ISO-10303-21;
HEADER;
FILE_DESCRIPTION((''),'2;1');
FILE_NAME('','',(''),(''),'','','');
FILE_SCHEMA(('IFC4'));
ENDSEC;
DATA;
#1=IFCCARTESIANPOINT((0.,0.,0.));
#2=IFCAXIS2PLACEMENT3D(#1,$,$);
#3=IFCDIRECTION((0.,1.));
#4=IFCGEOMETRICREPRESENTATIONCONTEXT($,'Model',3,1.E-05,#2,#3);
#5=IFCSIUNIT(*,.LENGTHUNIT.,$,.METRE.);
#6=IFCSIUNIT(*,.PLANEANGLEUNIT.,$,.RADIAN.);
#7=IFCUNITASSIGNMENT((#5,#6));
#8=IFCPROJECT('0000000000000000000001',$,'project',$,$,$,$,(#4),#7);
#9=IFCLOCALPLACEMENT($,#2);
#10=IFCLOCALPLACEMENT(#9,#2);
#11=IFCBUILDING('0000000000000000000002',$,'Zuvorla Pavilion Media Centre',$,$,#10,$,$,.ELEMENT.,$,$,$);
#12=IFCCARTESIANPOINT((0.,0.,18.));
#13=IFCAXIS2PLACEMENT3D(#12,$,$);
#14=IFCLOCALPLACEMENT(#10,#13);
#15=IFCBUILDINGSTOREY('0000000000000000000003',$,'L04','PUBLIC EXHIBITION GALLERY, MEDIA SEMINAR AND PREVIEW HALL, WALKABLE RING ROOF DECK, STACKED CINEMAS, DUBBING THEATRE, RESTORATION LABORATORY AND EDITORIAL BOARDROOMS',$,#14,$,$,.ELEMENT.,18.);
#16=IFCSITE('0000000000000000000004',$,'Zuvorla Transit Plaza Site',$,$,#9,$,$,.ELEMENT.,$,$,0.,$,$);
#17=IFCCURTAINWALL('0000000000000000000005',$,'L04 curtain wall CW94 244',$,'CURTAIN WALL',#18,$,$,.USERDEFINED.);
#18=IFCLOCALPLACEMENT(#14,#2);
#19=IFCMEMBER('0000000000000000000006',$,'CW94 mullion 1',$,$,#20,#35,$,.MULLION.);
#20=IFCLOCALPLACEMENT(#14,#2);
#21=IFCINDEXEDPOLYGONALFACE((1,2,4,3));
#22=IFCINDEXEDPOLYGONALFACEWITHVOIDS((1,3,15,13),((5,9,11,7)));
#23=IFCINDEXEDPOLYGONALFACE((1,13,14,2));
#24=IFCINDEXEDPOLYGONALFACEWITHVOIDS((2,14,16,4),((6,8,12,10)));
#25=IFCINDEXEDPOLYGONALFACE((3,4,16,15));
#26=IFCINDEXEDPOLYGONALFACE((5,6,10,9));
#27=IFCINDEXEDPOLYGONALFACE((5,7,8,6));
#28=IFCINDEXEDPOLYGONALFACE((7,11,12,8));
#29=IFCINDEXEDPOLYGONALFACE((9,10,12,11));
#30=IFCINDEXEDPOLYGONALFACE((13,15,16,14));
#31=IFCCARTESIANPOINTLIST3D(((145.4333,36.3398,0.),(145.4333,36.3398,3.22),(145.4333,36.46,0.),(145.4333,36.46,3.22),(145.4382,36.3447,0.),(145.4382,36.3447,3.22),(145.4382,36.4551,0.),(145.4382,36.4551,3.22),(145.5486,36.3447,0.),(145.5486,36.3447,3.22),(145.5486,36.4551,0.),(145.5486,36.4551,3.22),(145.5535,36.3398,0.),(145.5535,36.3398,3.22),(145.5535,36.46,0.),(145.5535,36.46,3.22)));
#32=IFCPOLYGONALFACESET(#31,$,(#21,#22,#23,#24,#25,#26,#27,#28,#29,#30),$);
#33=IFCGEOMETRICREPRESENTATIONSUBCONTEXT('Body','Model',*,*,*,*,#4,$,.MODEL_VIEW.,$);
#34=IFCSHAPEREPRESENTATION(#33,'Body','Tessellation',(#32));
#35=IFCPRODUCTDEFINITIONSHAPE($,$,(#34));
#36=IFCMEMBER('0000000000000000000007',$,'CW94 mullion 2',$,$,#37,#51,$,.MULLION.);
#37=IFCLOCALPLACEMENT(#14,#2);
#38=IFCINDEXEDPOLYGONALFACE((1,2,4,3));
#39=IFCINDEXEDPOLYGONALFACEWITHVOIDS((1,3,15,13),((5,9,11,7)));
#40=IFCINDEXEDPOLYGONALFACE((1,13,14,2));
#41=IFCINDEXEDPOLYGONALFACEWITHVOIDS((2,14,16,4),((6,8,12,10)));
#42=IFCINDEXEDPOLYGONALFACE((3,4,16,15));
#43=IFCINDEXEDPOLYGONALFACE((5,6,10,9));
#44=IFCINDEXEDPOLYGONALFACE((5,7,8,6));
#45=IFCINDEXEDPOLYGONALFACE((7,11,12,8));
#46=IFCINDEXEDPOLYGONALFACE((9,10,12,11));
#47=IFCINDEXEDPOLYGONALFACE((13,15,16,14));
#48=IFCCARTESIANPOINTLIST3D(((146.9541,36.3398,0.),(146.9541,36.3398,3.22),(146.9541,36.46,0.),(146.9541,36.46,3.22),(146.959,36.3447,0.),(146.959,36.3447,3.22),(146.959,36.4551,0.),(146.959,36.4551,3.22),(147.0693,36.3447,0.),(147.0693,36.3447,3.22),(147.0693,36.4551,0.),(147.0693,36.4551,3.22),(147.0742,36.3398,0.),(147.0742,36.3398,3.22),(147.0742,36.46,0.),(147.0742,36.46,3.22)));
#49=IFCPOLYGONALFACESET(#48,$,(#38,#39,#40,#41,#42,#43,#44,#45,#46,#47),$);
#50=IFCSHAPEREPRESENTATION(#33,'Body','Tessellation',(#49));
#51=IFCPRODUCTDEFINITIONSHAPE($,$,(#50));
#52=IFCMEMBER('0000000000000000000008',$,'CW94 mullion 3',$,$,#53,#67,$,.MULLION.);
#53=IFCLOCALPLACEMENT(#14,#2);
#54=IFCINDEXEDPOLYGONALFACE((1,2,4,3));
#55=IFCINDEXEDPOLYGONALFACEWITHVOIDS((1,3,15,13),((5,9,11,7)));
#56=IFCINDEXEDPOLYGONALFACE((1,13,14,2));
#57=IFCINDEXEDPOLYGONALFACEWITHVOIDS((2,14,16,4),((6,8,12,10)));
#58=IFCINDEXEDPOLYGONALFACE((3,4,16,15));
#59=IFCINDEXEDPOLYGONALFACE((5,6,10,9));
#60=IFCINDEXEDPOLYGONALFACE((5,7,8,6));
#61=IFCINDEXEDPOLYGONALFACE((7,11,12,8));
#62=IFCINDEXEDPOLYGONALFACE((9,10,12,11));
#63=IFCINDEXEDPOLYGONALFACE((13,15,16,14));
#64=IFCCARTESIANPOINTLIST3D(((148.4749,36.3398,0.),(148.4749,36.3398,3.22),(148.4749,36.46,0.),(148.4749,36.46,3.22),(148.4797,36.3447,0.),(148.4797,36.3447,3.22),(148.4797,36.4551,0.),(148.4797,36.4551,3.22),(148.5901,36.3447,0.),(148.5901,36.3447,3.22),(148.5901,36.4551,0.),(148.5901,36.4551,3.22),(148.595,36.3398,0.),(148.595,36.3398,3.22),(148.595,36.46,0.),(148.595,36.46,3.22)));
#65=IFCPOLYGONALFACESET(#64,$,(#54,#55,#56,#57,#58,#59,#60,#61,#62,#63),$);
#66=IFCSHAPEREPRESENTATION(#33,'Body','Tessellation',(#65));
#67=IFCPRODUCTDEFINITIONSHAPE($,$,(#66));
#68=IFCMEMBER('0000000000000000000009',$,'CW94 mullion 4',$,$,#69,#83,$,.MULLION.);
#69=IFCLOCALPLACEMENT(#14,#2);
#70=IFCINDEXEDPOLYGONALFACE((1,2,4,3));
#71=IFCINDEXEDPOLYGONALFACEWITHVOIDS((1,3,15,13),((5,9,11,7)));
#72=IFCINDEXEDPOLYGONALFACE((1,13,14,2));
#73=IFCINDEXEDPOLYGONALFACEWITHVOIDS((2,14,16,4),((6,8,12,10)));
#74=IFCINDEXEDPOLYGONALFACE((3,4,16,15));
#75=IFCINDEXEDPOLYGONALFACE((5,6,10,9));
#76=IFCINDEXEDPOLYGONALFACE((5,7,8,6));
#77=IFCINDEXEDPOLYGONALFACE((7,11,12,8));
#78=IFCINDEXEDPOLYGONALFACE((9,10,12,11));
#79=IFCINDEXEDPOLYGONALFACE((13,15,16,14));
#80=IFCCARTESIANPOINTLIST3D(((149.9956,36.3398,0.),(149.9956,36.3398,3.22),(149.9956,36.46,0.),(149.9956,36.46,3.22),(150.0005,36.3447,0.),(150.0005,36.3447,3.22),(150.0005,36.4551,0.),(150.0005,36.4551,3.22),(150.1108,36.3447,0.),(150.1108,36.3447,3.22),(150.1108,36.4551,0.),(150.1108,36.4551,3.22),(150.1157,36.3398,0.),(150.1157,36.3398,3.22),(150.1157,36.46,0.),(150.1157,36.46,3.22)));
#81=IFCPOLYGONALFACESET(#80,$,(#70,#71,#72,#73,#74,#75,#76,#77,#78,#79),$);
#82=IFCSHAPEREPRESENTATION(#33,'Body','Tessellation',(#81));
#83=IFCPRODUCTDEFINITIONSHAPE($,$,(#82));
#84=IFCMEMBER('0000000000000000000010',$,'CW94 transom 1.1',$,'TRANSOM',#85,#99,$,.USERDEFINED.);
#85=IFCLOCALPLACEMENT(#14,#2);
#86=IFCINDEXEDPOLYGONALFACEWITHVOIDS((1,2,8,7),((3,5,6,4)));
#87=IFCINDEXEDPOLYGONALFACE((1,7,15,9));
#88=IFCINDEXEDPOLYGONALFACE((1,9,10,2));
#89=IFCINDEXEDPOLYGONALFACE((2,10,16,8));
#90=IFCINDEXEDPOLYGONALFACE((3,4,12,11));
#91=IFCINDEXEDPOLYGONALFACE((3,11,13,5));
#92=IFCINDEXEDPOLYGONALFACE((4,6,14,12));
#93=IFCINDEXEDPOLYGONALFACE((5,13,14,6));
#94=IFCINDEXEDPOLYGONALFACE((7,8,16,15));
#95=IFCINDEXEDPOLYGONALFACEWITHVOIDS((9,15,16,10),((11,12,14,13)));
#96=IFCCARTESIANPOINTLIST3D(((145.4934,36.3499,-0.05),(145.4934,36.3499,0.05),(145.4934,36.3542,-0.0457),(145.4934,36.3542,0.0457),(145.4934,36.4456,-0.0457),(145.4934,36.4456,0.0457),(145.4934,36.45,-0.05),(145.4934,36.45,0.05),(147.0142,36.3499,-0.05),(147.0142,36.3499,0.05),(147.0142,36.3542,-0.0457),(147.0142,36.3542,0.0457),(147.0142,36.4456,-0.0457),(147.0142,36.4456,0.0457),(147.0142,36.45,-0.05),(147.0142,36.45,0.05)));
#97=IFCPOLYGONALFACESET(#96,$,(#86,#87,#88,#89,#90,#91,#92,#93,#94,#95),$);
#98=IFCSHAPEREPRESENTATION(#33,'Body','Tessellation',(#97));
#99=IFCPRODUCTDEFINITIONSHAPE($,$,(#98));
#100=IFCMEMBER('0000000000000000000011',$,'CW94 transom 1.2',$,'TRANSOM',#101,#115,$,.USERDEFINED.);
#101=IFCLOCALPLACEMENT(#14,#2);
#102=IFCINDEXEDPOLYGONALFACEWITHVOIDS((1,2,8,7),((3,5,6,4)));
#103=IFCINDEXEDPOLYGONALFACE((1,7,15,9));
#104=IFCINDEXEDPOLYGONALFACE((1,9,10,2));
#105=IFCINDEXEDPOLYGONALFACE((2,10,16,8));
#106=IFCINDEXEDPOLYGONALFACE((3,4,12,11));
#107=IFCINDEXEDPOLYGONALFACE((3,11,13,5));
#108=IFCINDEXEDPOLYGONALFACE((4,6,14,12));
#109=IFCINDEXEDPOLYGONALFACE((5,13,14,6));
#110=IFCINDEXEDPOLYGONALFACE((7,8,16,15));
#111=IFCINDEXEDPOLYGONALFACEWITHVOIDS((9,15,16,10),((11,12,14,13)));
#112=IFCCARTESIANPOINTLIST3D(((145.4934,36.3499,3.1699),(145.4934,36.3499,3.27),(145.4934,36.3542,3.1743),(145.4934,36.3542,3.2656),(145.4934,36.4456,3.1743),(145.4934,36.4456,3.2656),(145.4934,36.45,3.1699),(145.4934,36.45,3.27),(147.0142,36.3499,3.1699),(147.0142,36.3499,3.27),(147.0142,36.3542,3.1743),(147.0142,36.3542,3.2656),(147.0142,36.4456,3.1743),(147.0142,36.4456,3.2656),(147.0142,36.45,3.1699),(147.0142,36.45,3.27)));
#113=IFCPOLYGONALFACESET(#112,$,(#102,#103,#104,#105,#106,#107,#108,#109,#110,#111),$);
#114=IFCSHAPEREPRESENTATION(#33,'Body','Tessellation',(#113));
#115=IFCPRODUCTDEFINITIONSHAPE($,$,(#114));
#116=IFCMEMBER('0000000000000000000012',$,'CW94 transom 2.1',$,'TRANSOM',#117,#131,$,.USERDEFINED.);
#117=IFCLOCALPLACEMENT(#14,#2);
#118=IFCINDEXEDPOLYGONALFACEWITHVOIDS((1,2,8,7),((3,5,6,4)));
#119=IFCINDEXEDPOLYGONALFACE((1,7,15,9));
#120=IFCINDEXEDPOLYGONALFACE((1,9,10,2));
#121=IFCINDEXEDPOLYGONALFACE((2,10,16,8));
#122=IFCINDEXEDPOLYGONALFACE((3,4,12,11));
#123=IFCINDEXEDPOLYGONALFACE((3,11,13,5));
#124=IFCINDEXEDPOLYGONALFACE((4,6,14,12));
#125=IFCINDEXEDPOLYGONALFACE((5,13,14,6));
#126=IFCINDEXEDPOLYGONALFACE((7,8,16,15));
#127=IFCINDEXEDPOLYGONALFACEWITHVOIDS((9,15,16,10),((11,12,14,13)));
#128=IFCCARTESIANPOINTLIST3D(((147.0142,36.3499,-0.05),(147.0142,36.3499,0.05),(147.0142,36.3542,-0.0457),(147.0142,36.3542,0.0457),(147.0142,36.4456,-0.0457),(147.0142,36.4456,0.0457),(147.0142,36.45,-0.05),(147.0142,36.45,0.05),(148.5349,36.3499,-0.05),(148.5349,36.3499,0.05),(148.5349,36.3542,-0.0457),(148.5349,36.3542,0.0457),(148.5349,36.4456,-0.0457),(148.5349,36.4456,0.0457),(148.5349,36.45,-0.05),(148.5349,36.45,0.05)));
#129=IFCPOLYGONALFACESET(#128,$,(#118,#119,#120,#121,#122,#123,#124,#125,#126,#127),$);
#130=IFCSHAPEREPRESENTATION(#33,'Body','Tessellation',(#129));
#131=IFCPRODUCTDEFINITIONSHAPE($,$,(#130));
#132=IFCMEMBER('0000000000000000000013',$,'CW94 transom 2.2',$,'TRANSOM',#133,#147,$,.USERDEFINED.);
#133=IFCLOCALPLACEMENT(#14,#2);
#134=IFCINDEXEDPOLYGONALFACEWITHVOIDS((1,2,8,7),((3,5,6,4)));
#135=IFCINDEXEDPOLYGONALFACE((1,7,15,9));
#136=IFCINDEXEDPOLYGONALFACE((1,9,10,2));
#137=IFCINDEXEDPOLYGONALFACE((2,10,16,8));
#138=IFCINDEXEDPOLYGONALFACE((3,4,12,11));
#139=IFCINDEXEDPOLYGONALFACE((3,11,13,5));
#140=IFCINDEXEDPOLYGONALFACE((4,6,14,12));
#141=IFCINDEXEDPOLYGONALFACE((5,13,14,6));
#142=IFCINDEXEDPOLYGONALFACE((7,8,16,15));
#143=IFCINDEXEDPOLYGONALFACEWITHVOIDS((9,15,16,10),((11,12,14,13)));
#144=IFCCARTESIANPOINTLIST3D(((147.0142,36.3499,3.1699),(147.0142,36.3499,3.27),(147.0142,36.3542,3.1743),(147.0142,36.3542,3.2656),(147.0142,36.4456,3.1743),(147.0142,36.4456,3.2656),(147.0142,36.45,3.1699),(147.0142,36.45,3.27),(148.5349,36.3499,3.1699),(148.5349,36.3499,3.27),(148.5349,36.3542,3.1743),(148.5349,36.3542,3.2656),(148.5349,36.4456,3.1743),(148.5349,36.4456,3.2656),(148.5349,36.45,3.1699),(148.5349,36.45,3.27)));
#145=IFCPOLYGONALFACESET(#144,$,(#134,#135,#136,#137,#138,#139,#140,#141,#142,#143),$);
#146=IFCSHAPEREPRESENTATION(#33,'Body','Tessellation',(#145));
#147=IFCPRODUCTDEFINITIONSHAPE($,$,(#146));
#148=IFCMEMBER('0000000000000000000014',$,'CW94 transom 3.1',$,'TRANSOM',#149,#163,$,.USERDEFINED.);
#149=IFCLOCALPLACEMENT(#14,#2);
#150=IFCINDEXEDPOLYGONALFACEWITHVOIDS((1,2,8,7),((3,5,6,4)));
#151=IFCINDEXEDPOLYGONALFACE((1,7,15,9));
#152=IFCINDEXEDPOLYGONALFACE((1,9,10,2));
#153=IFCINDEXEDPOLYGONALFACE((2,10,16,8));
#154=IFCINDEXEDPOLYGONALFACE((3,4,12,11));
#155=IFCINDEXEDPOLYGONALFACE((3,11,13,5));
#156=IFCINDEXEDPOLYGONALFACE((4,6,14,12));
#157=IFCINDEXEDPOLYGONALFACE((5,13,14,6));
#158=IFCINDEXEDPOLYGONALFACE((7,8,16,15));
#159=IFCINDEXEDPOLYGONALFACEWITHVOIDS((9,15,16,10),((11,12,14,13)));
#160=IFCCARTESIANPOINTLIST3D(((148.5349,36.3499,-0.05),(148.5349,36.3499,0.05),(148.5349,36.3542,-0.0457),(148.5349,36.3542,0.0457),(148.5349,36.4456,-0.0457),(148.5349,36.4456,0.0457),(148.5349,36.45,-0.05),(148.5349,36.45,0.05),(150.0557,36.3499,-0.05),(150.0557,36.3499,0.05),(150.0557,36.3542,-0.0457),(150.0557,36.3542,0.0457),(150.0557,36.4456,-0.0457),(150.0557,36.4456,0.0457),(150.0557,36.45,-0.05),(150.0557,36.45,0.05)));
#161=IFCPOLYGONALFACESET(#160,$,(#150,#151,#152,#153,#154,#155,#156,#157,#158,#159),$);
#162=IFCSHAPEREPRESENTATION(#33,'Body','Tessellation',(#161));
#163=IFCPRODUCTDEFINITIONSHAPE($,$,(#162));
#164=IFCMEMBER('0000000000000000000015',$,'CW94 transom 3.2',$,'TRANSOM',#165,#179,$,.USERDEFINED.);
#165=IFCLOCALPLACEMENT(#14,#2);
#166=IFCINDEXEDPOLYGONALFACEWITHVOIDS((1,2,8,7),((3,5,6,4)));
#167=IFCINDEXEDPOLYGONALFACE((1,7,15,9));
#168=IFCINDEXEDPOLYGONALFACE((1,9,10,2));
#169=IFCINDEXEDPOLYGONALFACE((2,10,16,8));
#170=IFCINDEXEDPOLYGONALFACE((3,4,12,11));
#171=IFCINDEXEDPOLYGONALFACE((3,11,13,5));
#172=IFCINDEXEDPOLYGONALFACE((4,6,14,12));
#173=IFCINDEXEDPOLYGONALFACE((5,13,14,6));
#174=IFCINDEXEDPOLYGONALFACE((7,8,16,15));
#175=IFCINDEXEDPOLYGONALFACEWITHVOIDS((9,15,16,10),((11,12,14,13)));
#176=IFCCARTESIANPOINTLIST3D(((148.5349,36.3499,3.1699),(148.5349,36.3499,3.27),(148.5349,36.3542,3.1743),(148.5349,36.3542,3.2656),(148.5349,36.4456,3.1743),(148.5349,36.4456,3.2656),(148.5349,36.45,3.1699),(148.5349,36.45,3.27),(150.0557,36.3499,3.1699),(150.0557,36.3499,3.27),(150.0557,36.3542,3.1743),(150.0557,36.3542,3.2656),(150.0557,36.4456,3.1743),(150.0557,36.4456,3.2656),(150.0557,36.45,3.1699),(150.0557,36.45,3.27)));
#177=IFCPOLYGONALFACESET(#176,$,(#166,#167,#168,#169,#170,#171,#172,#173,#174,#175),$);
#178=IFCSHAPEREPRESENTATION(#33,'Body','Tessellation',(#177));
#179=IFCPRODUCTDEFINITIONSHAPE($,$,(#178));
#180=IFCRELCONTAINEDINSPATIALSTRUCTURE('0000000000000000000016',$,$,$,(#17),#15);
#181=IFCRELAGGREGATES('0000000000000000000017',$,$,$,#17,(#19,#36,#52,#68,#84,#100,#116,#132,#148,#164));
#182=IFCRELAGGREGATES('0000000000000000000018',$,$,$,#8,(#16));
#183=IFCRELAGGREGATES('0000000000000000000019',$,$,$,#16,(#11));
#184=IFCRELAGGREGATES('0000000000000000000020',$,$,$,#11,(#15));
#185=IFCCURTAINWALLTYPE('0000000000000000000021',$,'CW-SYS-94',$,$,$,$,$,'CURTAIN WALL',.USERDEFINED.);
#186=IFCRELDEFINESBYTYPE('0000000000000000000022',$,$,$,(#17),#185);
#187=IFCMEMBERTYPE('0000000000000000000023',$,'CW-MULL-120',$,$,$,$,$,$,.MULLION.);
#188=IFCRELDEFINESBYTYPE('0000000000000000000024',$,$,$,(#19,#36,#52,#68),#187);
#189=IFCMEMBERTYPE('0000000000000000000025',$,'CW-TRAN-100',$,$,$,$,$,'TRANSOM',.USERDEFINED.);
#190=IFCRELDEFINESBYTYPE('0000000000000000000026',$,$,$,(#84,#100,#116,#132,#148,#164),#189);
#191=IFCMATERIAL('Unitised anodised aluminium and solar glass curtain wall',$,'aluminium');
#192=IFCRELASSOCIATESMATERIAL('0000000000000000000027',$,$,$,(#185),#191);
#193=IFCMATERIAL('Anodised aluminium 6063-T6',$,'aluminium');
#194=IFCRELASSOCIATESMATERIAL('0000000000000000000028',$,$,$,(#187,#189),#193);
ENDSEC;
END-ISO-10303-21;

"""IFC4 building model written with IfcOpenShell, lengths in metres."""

from ifc_helpers import new_model, si_unit, direction, frame, origin, origin_2d, place, context, subcontext, project, spatial, hollow_rectangle, extrude, material, material_profile, profile_set, type_object, element, aggregate, save


model = new_model("IFC4")

# Units and contexts
model_context = context("Model", 3, precision=1e-05, world=origin(), true_north=direction((0.0, 1.0)))
body_context = subcontext(model_context, "Body", "Model", "MODEL_VIEW")
ifc_project = project(units=[si_unit("LENGTHUNIT", "METRE"), si_unit("PLANEANGLEUNIT", "RADIAN")], contexts=[model_context])

# Site, building, storey
site_placement = place(None, origin())
site = spatial("IfcSite", under=ifc_project, at=site_placement, Name="Zuvorla Transit Plaza Site", CompositionType="ELEMENT", RefElevation=0.0)
building_placement = place(site_placement, origin())
building = spatial("IfcBuilding", under=site, at=building_placement, Name="Zuvorla Pavilion Media Centre", CompositionType="ELEMENT")
storey_placement = place(building_placement, frame((0.0, 0.0, 18.0)))
storey = spatial("IfcBuildingStorey", under=building, at=storey_placement, Name="L04", Description="PUBLIC EXHIBITION GALLERY, MEDIA SEMINAR AND PREVIEW HALL, WALKABLE RING ROOF DECK, STACKED CINEMAS, DUBBING THEATRE, RESTORATION LABORATORY AND EDITORIAL BOARDROOMS", CompositionType="ELEMENT", Elevation=18.0)

# Curtain wall, members
ifc_material_1 = material(Name="Unitised anodised aluminium and solar glass curtain wall", Category="aluminium")
curtain_wall_type = type_object("IfcCurtainWallType", Name="CW-SYS-94", ElementType="CURTAIN WALL", PredefinedType="USERDEFINED", material=ifc_material_1)
curtain_wall_placement = place(storey_placement, origin())
curtain_wall = element("IfcCurtainWall", 1, at=curtain_wall_placement, inside=storey, type_object=curtain_wall_type, Name="L04 curtain wall CW94 244", ObjectType="CURTAIN WALL", PredefinedType="USERDEFINED")
ifc_material_2 = material(Name="Anodised aluminium 6063-T6", Category="aluminium")
ifc_material_profile_1 = material_profile(ifc_material_2, hollow_rectangle(XDim=0.1201, YDim=0.1201, WallThickness=0.0049, at=origin_2d()), Name="ALU MULL 120x120")
ifc_profile_set_1 = profile_set([ifc_material_profile_1], Name="Anodised aluminium 6063-T6")
member_type_1 = type_object("IfcMemberType", Name="CW-MULL-120", PredefinedType="MULLION", material=ifc_profile_set_1)
member_1_placement = place(storey_placement, frame((145.4934, 36.3999, 0.0), z_axis=(0.0, 0.0, 1.0), x_axis=(1.0, 0.0, 0.0)))
member_1 = element("IfcMember", 2, at=member_1_placement, type_object=member_type_1, Name="CW94 mullion 1", PredefinedType="MULLION", context=body_context, shape_type="SweptSolid", body=[
    extrude(hollow_rectangle(XDim=0.1201, YDim=0.1201, WallThickness=0.0049, at=origin_2d()), origin(), (0.0, 0.0, 1.0), 3.22),
])
member_2_placement = place(storey_placement, frame((147.0142, 36.3999, 0.0), z_axis=(0.0, 0.0, 1.0), x_axis=(1.0, 0.0, 0.0)))
member_2 = element("IfcMember", 3, at=member_2_placement, type_object=member_type_1, Name="CW94 mullion 2", PredefinedType="MULLION", context=body_context, shape_type="SweptSolid", body=[
    extrude(hollow_rectangle(XDim=0.1201, YDim=0.1201, WallThickness=0.0049, at=origin_2d()), origin(), (0.0, 0.0, 1.0), 3.22),
])
member_3_placement = place(storey_placement, frame((148.5349, 36.3999, 0.0), z_axis=(0.0, 0.0, 1.0), x_axis=(1.0, 0.0, 0.0)))
member_3 = element("IfcMember", 4, at=member_3_placement, type_object=member_type_1, Name="CW94 mullion 3", PredefinedType="MULLION", context=body_context, shape_type="SweptSolid", body=[
    extrude(hollow_rectangle(XDim=0.1201, YDim=0.1201, WallThickness=0.0049, at=origin_2d()), origin(), (0.0, 0.0, 1.0), 3.22),
])
member_4_placement = place(storey_placement, frame((150.0557, 36.3999, 0.0), z_axis=(0.0, 0.0, 1.0), x_axis=(1.0, 0.0, 0.0)))
member_4 = element("IfcMember", 5, at=member_4_placement, type_object=member_type_1, Name="CW94 mullion 4", PredefinedType="MULLION", context=body_context, shape_type="SweptSolid", body=[
    extrude(hollow_rectangle(XDim=0.1201, YDim=0.1201, WallThickness=0.0049, at=origin_2d()), origin(), (0.0, 0.0, 1.0), 3.22),
])
ifc_material_profile_2 = material_profile(ifc_material_2, hollow_rectangle(XDim=0.1001, YDim=0.1001, WallThickness=0.0044, at=origin_2d()), Name="ALU TRAN 100x100")
ifc_profile_set_2 = profile_set([ifc_material_profile_2], Name="Anodised aluminium 6063-T6")
member_type_2 = type_object("IfcMemberType", Name="CW-TRAN-100", ElementType="TRANSOM", PredefinedType="USERDEFINED", material=ifc_profile_set_2)
member_5_placement = place(storey_placement, frame((145.4934, 36.3999, 0.0), z_axis=(1.0, 0.0, 0.0), x_axis=(0.0, 1.0, 0.0)))
member_5 = element("IfcMember", 6, at=member_5_placement, type_object=member_type_2, Name="CW94 transom 1.1", ObjectType="TRANSOM", PredefinedType="USERDEFINED", context=body_context, shape_type="SweptSolid", body=[
    extrude(hollow_rectangle(XDim=0.1001, YDim=0.1001, WallThickness=0.0044, at=origin_2d()), origin(), (0.0, 0.0, 1.0), 1.5208),
])
member_6_placement = place(storey_placement, frame((145.4934, 36.3999, 3.22), z_axis=(1.0, 0.0, 0.0), x_axis=(0.0, 1.0, 0.0)))
member_6 = element("IfcMember", 7, at=member_6_placement, type_object=member_type_2, Name="CW94 transom 1.2", ObjectType="TRANSOM", PredefinedType="USERDEFINED", context=body_context, shape_type="SweptSolid", body=[
    extrude(hollow_rectangle(XDim=0.1001, YDim=0.1001, WallThickness=0.0044, at=origin_2d()), origin(), (0.0, 0.0, 1.0), 1.5208),
])
member_7_placement = place(storey_placement, frame((147.0142, 36.3999, 0.0), z_axis=(1.0, 0.0, 0.0), x_axis=(0.0, 1.0, 0.0)))
member_7 = element("IfcMember", 8, at=member_7_placement, type_object=member_type_2, Name="CW94 transom 2.1", ObjectType="TRANSOM", PredefinedType="USERDEFINED", context=body_context, shape_type="SweptSolid", body=[
    extrude(hollow_rectangle(XDim=0.1001, YDim=0.1001, WallThickness=0.0044, at=origin_2d()), origin(), (0.0, 0.0, 1.0), 1.5208),
])
member_8_placement = place(storey_placement, frame((147.0142, 36.3999, 3.22), z_axis=(1.0, 0.0, 0.0), x_axis=(0.0, 1.0, 0.0)))
member_8 = element("IfcMember", 9, at=member_8_placement, type_object=member_type_2, Name="CW94 transom 2.2", ObjectType="TRANSOM", PredefinedType="USERDEFINED", context=body_context, shape_type="SweptSolid", body=[
    extrude(hollow_rectangle(XDim=0.1001, YDim=0.1001, WallThickness=0.0044, at=origin_2d()), origin(), (0.0, 0.0, 1.0), 1.5208),
])
member_9_placement = place(storey_placement, frame((148.5349, 36.3999, 0.0), z_axis=(1.0, 0.0, 0.0), x_axis=(0.0, 1.0, 0.0)))
member_9 = element("IfcMember", 10, at=member_9_placement, type_object=member_type_2, Name="CW94 transom 3.1", ObjectType="TRANSOM", PredefinedType="USERDEFINED", context=body_context, shape_type="SweptSolid", body=[
    extrude(hollow_rectangle(XDim=0.1001, YDim=0.1001, WallThickness=0.0044, at=origin_2d()), origin(), (0.0, 0.0, 1.0), 1.5208),
])
member_10_placement = place(storey_placement, frame((148.5349, 36.3999, 3.22), z_axis=(1.0, 0.0, 0.0), x_axis=(0.0, 1.0, 0.0)))
member_10 = element("IfcMember", 11, at=member_10_placement, type_object=member_type_2, Name="CW94 transom 3.2", ObjectType="TRANSOM", PredefinedType="USERDEFINED", context=body_context, shape_type="SweptSolid", body=[
    extrude(hollow_rectangle(XDim=0.1001, YDim=0.1001, WallThickness=0.0044, at=origin_2d()), origin(), (0.0, 0.0, 1.0), 1.5208),
])

aggregate(curtain_wall, [member_1, member_2, member_3, member_4, member_5, member_6, member_7, member_8, member_9, member_10])

save(model, "model.ifc")
